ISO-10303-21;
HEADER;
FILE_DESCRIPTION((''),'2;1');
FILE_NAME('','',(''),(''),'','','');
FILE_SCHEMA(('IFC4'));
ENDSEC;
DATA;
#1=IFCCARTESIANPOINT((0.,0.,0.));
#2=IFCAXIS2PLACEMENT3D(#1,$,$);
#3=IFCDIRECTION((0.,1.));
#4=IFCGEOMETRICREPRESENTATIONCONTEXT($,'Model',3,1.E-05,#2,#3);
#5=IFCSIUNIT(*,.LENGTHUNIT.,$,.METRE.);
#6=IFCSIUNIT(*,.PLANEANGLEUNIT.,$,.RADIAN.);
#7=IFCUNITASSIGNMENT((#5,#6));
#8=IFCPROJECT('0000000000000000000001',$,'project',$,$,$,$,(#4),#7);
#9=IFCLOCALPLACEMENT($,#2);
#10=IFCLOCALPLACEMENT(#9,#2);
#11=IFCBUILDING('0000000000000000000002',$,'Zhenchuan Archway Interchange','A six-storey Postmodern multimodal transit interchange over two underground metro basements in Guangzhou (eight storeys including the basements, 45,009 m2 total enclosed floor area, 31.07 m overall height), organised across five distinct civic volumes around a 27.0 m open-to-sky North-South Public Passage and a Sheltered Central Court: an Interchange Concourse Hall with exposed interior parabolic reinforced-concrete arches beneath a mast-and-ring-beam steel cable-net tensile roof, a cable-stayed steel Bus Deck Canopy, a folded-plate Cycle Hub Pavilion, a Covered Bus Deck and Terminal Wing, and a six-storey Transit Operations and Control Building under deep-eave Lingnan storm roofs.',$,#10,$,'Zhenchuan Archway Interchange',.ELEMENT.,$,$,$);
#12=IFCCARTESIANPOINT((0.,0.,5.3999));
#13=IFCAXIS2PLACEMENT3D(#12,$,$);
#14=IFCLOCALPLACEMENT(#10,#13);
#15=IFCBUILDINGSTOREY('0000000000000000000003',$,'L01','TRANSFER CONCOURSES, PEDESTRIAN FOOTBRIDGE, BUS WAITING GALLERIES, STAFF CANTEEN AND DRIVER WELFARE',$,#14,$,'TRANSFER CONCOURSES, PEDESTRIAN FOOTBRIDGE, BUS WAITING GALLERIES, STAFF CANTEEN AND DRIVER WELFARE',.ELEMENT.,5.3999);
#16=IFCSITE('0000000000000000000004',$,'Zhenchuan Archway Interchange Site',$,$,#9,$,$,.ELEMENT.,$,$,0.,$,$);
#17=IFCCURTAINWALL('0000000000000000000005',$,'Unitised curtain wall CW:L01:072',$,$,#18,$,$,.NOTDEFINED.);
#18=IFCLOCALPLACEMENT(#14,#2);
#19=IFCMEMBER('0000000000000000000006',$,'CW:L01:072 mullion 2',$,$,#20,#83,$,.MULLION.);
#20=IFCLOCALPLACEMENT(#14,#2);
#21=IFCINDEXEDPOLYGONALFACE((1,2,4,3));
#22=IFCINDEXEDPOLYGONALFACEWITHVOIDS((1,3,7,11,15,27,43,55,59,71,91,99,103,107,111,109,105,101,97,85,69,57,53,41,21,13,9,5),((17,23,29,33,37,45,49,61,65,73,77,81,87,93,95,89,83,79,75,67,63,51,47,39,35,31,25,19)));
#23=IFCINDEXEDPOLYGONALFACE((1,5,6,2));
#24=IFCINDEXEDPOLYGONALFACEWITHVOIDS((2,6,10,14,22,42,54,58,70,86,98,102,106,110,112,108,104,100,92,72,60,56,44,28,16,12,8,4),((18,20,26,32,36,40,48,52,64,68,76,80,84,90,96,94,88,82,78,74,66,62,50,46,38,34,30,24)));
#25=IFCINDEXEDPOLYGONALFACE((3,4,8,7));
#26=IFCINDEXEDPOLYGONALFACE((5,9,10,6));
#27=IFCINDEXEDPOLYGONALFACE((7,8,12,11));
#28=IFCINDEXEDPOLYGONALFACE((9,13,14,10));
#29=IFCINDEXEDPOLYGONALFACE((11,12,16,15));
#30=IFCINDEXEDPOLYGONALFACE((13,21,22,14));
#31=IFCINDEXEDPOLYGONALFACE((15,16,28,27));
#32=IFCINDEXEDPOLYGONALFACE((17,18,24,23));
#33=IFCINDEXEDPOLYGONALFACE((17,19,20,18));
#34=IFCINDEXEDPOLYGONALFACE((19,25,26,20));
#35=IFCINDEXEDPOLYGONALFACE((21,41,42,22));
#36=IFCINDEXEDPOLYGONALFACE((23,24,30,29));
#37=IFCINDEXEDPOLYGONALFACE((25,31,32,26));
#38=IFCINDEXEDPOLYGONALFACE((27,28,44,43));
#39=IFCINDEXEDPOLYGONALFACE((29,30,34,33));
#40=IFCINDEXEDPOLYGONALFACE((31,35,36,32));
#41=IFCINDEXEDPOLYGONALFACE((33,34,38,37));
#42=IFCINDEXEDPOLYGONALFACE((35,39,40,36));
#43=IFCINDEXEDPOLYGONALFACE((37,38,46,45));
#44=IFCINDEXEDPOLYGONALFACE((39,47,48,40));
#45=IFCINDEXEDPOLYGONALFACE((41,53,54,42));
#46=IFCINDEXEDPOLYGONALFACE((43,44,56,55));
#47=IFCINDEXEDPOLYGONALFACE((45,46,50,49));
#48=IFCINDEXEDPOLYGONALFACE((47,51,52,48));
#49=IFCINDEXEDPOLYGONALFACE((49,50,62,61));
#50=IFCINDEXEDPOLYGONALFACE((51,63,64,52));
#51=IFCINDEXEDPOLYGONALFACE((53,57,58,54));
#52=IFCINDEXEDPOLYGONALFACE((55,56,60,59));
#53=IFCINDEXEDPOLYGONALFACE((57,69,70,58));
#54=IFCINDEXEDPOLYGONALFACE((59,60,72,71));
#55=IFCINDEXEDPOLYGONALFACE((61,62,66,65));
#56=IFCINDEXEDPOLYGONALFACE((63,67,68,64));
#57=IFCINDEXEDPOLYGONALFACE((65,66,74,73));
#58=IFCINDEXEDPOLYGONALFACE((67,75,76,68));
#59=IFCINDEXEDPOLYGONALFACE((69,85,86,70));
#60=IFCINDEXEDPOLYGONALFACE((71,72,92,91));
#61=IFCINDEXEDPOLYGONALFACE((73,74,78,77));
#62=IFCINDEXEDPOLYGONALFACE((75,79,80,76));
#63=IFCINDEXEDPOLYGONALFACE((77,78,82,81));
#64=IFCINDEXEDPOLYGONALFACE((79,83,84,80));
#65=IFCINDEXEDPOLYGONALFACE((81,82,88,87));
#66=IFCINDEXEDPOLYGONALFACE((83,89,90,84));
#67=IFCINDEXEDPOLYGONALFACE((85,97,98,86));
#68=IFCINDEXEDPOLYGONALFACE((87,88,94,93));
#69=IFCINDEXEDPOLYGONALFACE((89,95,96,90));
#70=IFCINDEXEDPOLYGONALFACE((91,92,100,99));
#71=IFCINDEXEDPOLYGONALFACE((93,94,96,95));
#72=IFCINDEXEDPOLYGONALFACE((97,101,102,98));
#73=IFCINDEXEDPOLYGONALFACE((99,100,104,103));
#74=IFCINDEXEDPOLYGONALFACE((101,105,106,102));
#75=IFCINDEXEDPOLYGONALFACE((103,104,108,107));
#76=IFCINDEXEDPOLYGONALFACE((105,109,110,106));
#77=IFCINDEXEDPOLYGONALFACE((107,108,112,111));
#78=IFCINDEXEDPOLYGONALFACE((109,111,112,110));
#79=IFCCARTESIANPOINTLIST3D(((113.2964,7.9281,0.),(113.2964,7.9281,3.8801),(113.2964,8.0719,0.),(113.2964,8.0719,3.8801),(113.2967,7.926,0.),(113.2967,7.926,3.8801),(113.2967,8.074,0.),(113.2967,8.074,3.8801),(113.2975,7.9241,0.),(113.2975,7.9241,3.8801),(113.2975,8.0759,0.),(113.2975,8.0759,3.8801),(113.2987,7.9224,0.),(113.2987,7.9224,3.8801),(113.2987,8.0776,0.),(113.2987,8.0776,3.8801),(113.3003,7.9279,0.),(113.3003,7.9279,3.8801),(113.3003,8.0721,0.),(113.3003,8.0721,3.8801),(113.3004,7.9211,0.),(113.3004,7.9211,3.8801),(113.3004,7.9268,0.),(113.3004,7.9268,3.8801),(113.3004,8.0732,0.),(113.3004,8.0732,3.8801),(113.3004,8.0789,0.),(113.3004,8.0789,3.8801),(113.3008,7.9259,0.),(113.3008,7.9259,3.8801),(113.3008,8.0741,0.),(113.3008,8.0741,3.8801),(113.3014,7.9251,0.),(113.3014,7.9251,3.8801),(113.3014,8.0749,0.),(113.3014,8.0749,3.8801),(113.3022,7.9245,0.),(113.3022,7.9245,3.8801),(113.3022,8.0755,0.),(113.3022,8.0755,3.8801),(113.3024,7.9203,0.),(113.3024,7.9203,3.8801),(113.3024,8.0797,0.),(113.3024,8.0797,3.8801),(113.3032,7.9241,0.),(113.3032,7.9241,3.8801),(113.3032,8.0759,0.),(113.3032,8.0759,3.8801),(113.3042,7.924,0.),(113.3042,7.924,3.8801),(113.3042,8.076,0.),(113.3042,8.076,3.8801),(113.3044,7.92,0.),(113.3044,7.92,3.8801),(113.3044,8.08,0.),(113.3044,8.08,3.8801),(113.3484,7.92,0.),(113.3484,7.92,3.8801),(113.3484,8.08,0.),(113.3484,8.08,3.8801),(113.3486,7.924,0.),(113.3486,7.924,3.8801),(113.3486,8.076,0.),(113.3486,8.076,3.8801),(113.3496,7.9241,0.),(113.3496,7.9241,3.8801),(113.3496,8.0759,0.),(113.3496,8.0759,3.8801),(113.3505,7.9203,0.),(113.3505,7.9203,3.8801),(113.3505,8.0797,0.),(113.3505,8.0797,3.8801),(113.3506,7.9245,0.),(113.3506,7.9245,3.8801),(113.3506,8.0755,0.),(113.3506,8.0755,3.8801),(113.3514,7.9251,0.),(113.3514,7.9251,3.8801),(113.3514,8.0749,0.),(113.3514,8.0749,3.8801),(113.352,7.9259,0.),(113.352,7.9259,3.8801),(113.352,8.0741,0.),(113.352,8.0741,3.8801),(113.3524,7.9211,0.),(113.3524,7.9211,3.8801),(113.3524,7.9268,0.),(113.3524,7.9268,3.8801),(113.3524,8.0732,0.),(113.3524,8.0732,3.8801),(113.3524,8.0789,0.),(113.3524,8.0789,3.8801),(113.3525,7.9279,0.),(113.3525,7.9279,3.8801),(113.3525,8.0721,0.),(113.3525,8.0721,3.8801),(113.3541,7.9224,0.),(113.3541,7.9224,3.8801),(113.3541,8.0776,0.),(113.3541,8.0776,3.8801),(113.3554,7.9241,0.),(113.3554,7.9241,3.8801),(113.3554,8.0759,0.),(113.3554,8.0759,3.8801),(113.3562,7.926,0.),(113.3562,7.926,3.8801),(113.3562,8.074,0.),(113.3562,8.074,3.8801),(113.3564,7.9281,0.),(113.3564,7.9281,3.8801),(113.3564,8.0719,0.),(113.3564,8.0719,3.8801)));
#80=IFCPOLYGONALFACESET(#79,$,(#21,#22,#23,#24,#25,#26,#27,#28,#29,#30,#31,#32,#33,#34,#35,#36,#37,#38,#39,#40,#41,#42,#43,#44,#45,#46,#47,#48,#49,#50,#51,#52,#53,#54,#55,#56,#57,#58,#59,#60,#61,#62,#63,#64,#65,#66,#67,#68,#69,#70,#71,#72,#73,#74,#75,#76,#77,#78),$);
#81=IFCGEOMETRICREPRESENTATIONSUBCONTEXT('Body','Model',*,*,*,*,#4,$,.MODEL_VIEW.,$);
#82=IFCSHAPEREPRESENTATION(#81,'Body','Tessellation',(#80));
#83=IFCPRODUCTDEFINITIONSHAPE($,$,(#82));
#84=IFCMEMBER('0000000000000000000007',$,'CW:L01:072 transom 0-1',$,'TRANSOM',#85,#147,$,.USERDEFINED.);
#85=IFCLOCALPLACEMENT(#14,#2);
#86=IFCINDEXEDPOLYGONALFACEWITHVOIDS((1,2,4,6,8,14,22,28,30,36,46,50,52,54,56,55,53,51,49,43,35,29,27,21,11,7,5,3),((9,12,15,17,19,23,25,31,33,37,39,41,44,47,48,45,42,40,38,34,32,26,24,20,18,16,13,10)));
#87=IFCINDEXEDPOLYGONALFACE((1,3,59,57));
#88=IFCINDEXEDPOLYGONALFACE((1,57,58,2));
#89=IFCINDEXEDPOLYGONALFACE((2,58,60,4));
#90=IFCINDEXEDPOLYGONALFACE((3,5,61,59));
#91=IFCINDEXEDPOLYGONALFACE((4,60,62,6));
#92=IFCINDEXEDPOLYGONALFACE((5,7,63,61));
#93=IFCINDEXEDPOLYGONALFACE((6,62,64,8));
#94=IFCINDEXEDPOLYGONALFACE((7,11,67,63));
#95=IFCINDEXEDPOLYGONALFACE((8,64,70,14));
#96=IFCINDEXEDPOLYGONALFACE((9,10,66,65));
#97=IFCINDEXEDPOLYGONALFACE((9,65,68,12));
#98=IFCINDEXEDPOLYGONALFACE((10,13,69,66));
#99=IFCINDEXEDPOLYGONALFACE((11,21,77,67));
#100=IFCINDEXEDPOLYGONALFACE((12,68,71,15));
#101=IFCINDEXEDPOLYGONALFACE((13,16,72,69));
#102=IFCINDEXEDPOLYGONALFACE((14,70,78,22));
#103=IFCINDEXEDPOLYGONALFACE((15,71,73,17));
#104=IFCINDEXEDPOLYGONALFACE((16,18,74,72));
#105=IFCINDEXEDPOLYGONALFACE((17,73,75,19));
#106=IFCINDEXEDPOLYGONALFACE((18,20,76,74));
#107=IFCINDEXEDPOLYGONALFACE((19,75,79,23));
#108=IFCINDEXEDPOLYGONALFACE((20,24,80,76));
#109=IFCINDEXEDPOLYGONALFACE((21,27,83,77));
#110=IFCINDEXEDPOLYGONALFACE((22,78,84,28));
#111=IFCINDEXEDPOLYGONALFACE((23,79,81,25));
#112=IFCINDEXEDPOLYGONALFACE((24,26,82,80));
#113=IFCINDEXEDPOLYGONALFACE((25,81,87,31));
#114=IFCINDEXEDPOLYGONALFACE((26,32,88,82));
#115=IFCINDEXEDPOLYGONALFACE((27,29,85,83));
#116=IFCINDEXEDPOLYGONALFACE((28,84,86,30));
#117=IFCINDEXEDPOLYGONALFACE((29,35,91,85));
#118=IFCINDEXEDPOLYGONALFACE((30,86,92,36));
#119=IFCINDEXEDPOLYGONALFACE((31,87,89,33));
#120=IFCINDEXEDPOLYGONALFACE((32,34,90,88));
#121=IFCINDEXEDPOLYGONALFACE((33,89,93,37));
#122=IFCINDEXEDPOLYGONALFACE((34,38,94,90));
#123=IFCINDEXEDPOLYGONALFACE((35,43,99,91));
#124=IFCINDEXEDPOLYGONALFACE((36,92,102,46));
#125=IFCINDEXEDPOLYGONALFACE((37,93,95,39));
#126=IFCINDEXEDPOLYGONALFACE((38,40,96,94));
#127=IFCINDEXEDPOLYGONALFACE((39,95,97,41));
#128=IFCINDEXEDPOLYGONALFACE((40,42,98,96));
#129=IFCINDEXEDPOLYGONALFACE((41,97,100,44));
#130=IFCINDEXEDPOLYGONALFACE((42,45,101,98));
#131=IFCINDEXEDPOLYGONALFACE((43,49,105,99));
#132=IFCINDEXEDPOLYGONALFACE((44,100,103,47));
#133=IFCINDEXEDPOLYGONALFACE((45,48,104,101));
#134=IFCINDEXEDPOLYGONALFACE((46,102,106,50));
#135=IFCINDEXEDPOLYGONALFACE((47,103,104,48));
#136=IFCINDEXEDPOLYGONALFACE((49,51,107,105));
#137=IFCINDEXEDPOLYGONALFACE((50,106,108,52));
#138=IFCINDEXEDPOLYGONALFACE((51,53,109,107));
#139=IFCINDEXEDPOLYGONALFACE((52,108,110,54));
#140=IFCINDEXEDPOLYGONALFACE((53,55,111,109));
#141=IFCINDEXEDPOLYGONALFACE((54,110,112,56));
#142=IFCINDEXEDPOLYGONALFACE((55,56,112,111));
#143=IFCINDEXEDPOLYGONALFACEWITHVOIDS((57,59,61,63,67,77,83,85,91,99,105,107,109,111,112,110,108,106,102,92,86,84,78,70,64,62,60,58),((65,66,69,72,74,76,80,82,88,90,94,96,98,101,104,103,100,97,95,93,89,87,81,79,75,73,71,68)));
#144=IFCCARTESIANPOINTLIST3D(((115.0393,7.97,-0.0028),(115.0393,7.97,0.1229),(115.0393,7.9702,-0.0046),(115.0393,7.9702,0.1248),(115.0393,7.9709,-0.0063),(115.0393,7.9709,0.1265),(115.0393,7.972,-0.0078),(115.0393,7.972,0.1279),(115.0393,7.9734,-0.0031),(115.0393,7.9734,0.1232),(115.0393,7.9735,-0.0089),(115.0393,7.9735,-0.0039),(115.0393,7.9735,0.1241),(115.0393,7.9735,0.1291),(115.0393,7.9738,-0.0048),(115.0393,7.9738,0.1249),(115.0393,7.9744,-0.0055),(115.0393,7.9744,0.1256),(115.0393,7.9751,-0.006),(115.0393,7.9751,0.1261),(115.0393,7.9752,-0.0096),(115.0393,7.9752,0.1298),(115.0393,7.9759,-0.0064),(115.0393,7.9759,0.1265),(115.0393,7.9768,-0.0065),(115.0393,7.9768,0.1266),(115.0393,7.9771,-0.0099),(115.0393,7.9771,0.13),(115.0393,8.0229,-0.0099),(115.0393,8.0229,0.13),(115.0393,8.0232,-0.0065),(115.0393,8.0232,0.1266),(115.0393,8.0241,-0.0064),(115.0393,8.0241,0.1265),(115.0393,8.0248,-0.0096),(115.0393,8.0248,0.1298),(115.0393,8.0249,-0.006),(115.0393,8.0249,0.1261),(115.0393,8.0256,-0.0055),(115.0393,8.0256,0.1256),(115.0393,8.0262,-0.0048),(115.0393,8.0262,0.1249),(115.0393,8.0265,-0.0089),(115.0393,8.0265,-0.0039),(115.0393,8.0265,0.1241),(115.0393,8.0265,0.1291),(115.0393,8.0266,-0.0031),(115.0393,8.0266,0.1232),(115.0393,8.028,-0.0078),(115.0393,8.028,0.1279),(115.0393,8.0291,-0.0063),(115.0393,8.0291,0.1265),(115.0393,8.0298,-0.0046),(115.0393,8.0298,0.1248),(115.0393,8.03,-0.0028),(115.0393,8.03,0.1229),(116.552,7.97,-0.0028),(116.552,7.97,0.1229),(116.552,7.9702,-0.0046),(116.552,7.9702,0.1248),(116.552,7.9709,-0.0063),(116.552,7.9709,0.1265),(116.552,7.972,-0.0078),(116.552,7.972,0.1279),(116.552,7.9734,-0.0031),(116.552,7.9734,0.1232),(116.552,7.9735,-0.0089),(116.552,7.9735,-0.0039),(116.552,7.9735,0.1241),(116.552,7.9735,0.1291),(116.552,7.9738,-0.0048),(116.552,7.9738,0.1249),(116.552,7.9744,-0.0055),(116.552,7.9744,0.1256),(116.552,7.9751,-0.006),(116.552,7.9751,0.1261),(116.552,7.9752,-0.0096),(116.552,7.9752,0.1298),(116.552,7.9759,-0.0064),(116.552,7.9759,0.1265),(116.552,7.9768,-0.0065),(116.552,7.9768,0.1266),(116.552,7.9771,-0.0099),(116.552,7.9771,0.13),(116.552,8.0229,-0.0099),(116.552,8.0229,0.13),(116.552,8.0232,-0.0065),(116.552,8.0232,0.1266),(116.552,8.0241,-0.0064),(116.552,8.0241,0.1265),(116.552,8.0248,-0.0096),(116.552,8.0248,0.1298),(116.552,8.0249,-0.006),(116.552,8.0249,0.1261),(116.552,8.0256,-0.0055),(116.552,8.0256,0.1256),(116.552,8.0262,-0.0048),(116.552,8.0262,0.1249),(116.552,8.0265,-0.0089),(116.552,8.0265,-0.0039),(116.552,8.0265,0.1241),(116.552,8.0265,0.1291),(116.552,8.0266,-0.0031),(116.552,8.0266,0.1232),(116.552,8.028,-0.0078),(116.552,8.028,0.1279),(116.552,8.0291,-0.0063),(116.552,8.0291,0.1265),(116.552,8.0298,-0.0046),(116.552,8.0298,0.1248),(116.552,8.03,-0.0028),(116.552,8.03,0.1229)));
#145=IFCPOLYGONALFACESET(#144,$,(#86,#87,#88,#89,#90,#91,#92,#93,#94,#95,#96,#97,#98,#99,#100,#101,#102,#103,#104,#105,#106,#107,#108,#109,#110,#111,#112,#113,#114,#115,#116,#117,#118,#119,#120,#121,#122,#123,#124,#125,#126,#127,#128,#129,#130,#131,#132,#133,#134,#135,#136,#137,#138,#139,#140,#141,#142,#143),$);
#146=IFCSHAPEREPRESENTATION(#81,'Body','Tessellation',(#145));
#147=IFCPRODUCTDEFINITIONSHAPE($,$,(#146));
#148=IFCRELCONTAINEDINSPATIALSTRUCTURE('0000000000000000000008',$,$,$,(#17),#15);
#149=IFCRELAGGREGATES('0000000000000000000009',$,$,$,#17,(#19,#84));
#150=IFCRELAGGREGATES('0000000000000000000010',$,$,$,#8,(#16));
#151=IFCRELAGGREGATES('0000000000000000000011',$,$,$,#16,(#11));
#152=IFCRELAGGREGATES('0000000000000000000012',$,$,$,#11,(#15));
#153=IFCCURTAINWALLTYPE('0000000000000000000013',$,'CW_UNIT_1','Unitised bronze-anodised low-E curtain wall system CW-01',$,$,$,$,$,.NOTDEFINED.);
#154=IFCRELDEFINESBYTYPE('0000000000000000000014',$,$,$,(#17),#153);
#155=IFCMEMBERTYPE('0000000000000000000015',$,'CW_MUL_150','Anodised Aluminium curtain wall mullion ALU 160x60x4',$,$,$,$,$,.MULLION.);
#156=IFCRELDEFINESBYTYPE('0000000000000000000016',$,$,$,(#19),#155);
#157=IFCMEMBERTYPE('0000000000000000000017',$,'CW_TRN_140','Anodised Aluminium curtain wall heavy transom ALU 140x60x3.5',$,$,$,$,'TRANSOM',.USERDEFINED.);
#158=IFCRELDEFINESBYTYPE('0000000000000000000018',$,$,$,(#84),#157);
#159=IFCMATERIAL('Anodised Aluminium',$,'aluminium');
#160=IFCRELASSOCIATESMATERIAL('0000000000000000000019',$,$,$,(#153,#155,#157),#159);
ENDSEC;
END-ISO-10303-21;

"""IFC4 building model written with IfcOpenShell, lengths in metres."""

from ifc_helpers import new_model, si_unit, direction, frame, origin, origin_2d, place, context, subcontext, project, spatial, hollow_rectangle, extrude, material, material_profile, profile_set, type_object, element, aggregate, save


model = new_model("IFC4")

# Units and contexts
model_context = context("Model", 3, precision=1e-05, world=origin(), true_north=direction((0.0, 1.0)))
body_context = subcontext(model_context, "Body", "Model", "MODEL_VIEW")
ifc_project = project(units=[si_unit("LENGTHUNIT", "METRE"), si_unit("PLANEANGLEUNIT", "RADIAN")], contexts=[model_context])

# Site, building, storey
site_placement = place(None, origin())
site = spatial("IfcSite", under=ifc_project, at=site_placement, Name="Zhenchuan Archway Interchange Site", CompositionType="ELEMENT", RefElevation=0.0)
building_placement = place(site_placement, origin())
building = spatial("IfcBuilding", under=site, at=building_placement, Name="Zhenchuan Archway Interchange", Description="A six-storey Postmodern multimodal transit interchange over two underground metro basements in Guangzhou (eight storeys including the basements, 45,009 m2 total enclosed floor area, 31.07 m overall height), organised across five distinct civic volumes around a 27.0 m open-to-sky North-South Public Passage and a Sheltered Central Court: an Interchange Concourse Hall with exposed interior parabolic reinforced-concrete arches beneath a mast-and-ring-beam steel cable-net tensile roof, a cable-stayed steel Bus Deck Canopy, a folded-plate Cycle Hub Pavilion, a Covered Bus Deck and Terminal Wing, and a six-storey Transit Operations and Control Building under deep-eave Lingnan storm roofs.", LongName="Zhenchuan Archway Interchange", CompositionType="ELEMENT")
storey_placement = place(building_placement, frame((0.0, 0.0, 5.3999)))
storey = spatial("IfcBuildingStorey", under=building, at=storey_placement, Name="L01", Description="TRANSFER CONCOURSES, PEDESTRIAN FOOTBRIDGE, BUS WAITING GALLERIES, STAFF CANTEEN AND DRIVER WELFARE", LongName="TRANSFER CONCOURSES, PEDESTRIAN FOOTBRIDGE, BUS WAITING GALLERIES, STAFF CANTEEN AND DRIVER WELFARE", CompositionType="ELEMENT", Elevation=5.3999)

# Curtain wall, members
ifc_material_1 = material(Name="Anodised Aluminium", Category="aluminium")
curtain_wall_type = type_object("IfcCurtainWallType", Name="CW_UNIT_1", Description="Unitised bronze-anodised low-E curtain wall system CW-01", PredefinedType="NOTDEFINED", material=ifc_material_1)
curtain_wall_placement = place(storey_placement, origin())
curtain_wall = element("IfcCurtainWall", 1, at=curtain_wall_placement, inside=storey, type_object=curtain_wall_type, Name="Unitised curtain wall CW:L01:072", PredefinedType="NOTDEFINED")
ifc_material_profile_1 = material_profile(ifc_material_1, hollow_rectangle(XDim=0.0601, YDim=0.1599, WallThickness=0.0039, InnerFilletRadius=0.0039, OuterFilletRadius=0.0081, at=origin_2d()), Name="ALU 160x60x4")
ifc_profile_set_1 = profile_set([ifc_material_profile_1], Name="Anodised Aluminium")
member_type_1 = type_object("IfcMemberType", Name="CW_MUL_150", Description="Anodised Aluminium curtain wall mullion ALU 160x60x4", PredefinedType="MULLION", material=ifc_profile_set_1)
member_1_placement = place(storey_placement, frame((113.3264, 8.0, 0.0), z_axis=(0.0, 0.0, 1.0), x_axis=(1.0, 0.0, 0.0)))
member_1 = element("IfcMember", 2, at=member_1_placement, type_object=member_type_1, Name="CW:L01:072 mullion 2", PredefinedType="MULLION", context=body_context, shape_type="SweptSolid", body=[
    extrude(hollow_rectangle(XDim=0.0601, YDim=0.1599, WallThickness=0.0039, InnerFilletRadius=0.0039, OuterFilletRadius=0.0081, at=origin_2d()), origin(), (0.0, 0.0, 1.0), 3.8801),
])
ifc_material_profile_2 = material_profile(ifc_material_1, hollow_rectangle(XDim=0.0601, YDim=0.1399, WallThickness=0.0034, InnerFilletRadius=0.0034, OuterFilletRadius=0.0071, at=origin_2d()), Name="ALU 140x60x3.5")
ifc_profile_set_2 = profile_set([ifc_material_profile_2], Name="Anodised Aluminium")
member_type_2 = type_object("IfcMemberType", Name="CW_TRN_140", Description="Anodised Aluminium curtain wall heavy transom ALU 140x60x3.5", ElementType="TRANSOM", PredefinedType="USERDEFINED", material=ifc_profile_set_2)
member_2_placement = place(storey_placement, frame((116.552, 8.0, 0.0601), z_axis=(-1.0, 0.0, 0.0), x_axis=(0.0, -1.0, 0.0)))
member_2 = element("IfcMember", 3, at=member_2_placement, type_object=member_type_2, Name="CW:L01:072 transom 0-1", ObjectType="TRANSOM", PredefinedType="USERDEFINED", context=body_context, shape_type="SweptSolid", body=[
    extrude(hollow_rectangle(XDim=0.0601, YDim=0.1399, WallThickness=0.0034, InnerFilletRadius=0.0034, OuterFilletRadius=0.0071, at=origin_2d()), origin(), (0.0, 0.0, 1.0), 1.5127),
])

aggregate(curtain_wall, [member_1, member_2])

save(model, "model.ifc")
